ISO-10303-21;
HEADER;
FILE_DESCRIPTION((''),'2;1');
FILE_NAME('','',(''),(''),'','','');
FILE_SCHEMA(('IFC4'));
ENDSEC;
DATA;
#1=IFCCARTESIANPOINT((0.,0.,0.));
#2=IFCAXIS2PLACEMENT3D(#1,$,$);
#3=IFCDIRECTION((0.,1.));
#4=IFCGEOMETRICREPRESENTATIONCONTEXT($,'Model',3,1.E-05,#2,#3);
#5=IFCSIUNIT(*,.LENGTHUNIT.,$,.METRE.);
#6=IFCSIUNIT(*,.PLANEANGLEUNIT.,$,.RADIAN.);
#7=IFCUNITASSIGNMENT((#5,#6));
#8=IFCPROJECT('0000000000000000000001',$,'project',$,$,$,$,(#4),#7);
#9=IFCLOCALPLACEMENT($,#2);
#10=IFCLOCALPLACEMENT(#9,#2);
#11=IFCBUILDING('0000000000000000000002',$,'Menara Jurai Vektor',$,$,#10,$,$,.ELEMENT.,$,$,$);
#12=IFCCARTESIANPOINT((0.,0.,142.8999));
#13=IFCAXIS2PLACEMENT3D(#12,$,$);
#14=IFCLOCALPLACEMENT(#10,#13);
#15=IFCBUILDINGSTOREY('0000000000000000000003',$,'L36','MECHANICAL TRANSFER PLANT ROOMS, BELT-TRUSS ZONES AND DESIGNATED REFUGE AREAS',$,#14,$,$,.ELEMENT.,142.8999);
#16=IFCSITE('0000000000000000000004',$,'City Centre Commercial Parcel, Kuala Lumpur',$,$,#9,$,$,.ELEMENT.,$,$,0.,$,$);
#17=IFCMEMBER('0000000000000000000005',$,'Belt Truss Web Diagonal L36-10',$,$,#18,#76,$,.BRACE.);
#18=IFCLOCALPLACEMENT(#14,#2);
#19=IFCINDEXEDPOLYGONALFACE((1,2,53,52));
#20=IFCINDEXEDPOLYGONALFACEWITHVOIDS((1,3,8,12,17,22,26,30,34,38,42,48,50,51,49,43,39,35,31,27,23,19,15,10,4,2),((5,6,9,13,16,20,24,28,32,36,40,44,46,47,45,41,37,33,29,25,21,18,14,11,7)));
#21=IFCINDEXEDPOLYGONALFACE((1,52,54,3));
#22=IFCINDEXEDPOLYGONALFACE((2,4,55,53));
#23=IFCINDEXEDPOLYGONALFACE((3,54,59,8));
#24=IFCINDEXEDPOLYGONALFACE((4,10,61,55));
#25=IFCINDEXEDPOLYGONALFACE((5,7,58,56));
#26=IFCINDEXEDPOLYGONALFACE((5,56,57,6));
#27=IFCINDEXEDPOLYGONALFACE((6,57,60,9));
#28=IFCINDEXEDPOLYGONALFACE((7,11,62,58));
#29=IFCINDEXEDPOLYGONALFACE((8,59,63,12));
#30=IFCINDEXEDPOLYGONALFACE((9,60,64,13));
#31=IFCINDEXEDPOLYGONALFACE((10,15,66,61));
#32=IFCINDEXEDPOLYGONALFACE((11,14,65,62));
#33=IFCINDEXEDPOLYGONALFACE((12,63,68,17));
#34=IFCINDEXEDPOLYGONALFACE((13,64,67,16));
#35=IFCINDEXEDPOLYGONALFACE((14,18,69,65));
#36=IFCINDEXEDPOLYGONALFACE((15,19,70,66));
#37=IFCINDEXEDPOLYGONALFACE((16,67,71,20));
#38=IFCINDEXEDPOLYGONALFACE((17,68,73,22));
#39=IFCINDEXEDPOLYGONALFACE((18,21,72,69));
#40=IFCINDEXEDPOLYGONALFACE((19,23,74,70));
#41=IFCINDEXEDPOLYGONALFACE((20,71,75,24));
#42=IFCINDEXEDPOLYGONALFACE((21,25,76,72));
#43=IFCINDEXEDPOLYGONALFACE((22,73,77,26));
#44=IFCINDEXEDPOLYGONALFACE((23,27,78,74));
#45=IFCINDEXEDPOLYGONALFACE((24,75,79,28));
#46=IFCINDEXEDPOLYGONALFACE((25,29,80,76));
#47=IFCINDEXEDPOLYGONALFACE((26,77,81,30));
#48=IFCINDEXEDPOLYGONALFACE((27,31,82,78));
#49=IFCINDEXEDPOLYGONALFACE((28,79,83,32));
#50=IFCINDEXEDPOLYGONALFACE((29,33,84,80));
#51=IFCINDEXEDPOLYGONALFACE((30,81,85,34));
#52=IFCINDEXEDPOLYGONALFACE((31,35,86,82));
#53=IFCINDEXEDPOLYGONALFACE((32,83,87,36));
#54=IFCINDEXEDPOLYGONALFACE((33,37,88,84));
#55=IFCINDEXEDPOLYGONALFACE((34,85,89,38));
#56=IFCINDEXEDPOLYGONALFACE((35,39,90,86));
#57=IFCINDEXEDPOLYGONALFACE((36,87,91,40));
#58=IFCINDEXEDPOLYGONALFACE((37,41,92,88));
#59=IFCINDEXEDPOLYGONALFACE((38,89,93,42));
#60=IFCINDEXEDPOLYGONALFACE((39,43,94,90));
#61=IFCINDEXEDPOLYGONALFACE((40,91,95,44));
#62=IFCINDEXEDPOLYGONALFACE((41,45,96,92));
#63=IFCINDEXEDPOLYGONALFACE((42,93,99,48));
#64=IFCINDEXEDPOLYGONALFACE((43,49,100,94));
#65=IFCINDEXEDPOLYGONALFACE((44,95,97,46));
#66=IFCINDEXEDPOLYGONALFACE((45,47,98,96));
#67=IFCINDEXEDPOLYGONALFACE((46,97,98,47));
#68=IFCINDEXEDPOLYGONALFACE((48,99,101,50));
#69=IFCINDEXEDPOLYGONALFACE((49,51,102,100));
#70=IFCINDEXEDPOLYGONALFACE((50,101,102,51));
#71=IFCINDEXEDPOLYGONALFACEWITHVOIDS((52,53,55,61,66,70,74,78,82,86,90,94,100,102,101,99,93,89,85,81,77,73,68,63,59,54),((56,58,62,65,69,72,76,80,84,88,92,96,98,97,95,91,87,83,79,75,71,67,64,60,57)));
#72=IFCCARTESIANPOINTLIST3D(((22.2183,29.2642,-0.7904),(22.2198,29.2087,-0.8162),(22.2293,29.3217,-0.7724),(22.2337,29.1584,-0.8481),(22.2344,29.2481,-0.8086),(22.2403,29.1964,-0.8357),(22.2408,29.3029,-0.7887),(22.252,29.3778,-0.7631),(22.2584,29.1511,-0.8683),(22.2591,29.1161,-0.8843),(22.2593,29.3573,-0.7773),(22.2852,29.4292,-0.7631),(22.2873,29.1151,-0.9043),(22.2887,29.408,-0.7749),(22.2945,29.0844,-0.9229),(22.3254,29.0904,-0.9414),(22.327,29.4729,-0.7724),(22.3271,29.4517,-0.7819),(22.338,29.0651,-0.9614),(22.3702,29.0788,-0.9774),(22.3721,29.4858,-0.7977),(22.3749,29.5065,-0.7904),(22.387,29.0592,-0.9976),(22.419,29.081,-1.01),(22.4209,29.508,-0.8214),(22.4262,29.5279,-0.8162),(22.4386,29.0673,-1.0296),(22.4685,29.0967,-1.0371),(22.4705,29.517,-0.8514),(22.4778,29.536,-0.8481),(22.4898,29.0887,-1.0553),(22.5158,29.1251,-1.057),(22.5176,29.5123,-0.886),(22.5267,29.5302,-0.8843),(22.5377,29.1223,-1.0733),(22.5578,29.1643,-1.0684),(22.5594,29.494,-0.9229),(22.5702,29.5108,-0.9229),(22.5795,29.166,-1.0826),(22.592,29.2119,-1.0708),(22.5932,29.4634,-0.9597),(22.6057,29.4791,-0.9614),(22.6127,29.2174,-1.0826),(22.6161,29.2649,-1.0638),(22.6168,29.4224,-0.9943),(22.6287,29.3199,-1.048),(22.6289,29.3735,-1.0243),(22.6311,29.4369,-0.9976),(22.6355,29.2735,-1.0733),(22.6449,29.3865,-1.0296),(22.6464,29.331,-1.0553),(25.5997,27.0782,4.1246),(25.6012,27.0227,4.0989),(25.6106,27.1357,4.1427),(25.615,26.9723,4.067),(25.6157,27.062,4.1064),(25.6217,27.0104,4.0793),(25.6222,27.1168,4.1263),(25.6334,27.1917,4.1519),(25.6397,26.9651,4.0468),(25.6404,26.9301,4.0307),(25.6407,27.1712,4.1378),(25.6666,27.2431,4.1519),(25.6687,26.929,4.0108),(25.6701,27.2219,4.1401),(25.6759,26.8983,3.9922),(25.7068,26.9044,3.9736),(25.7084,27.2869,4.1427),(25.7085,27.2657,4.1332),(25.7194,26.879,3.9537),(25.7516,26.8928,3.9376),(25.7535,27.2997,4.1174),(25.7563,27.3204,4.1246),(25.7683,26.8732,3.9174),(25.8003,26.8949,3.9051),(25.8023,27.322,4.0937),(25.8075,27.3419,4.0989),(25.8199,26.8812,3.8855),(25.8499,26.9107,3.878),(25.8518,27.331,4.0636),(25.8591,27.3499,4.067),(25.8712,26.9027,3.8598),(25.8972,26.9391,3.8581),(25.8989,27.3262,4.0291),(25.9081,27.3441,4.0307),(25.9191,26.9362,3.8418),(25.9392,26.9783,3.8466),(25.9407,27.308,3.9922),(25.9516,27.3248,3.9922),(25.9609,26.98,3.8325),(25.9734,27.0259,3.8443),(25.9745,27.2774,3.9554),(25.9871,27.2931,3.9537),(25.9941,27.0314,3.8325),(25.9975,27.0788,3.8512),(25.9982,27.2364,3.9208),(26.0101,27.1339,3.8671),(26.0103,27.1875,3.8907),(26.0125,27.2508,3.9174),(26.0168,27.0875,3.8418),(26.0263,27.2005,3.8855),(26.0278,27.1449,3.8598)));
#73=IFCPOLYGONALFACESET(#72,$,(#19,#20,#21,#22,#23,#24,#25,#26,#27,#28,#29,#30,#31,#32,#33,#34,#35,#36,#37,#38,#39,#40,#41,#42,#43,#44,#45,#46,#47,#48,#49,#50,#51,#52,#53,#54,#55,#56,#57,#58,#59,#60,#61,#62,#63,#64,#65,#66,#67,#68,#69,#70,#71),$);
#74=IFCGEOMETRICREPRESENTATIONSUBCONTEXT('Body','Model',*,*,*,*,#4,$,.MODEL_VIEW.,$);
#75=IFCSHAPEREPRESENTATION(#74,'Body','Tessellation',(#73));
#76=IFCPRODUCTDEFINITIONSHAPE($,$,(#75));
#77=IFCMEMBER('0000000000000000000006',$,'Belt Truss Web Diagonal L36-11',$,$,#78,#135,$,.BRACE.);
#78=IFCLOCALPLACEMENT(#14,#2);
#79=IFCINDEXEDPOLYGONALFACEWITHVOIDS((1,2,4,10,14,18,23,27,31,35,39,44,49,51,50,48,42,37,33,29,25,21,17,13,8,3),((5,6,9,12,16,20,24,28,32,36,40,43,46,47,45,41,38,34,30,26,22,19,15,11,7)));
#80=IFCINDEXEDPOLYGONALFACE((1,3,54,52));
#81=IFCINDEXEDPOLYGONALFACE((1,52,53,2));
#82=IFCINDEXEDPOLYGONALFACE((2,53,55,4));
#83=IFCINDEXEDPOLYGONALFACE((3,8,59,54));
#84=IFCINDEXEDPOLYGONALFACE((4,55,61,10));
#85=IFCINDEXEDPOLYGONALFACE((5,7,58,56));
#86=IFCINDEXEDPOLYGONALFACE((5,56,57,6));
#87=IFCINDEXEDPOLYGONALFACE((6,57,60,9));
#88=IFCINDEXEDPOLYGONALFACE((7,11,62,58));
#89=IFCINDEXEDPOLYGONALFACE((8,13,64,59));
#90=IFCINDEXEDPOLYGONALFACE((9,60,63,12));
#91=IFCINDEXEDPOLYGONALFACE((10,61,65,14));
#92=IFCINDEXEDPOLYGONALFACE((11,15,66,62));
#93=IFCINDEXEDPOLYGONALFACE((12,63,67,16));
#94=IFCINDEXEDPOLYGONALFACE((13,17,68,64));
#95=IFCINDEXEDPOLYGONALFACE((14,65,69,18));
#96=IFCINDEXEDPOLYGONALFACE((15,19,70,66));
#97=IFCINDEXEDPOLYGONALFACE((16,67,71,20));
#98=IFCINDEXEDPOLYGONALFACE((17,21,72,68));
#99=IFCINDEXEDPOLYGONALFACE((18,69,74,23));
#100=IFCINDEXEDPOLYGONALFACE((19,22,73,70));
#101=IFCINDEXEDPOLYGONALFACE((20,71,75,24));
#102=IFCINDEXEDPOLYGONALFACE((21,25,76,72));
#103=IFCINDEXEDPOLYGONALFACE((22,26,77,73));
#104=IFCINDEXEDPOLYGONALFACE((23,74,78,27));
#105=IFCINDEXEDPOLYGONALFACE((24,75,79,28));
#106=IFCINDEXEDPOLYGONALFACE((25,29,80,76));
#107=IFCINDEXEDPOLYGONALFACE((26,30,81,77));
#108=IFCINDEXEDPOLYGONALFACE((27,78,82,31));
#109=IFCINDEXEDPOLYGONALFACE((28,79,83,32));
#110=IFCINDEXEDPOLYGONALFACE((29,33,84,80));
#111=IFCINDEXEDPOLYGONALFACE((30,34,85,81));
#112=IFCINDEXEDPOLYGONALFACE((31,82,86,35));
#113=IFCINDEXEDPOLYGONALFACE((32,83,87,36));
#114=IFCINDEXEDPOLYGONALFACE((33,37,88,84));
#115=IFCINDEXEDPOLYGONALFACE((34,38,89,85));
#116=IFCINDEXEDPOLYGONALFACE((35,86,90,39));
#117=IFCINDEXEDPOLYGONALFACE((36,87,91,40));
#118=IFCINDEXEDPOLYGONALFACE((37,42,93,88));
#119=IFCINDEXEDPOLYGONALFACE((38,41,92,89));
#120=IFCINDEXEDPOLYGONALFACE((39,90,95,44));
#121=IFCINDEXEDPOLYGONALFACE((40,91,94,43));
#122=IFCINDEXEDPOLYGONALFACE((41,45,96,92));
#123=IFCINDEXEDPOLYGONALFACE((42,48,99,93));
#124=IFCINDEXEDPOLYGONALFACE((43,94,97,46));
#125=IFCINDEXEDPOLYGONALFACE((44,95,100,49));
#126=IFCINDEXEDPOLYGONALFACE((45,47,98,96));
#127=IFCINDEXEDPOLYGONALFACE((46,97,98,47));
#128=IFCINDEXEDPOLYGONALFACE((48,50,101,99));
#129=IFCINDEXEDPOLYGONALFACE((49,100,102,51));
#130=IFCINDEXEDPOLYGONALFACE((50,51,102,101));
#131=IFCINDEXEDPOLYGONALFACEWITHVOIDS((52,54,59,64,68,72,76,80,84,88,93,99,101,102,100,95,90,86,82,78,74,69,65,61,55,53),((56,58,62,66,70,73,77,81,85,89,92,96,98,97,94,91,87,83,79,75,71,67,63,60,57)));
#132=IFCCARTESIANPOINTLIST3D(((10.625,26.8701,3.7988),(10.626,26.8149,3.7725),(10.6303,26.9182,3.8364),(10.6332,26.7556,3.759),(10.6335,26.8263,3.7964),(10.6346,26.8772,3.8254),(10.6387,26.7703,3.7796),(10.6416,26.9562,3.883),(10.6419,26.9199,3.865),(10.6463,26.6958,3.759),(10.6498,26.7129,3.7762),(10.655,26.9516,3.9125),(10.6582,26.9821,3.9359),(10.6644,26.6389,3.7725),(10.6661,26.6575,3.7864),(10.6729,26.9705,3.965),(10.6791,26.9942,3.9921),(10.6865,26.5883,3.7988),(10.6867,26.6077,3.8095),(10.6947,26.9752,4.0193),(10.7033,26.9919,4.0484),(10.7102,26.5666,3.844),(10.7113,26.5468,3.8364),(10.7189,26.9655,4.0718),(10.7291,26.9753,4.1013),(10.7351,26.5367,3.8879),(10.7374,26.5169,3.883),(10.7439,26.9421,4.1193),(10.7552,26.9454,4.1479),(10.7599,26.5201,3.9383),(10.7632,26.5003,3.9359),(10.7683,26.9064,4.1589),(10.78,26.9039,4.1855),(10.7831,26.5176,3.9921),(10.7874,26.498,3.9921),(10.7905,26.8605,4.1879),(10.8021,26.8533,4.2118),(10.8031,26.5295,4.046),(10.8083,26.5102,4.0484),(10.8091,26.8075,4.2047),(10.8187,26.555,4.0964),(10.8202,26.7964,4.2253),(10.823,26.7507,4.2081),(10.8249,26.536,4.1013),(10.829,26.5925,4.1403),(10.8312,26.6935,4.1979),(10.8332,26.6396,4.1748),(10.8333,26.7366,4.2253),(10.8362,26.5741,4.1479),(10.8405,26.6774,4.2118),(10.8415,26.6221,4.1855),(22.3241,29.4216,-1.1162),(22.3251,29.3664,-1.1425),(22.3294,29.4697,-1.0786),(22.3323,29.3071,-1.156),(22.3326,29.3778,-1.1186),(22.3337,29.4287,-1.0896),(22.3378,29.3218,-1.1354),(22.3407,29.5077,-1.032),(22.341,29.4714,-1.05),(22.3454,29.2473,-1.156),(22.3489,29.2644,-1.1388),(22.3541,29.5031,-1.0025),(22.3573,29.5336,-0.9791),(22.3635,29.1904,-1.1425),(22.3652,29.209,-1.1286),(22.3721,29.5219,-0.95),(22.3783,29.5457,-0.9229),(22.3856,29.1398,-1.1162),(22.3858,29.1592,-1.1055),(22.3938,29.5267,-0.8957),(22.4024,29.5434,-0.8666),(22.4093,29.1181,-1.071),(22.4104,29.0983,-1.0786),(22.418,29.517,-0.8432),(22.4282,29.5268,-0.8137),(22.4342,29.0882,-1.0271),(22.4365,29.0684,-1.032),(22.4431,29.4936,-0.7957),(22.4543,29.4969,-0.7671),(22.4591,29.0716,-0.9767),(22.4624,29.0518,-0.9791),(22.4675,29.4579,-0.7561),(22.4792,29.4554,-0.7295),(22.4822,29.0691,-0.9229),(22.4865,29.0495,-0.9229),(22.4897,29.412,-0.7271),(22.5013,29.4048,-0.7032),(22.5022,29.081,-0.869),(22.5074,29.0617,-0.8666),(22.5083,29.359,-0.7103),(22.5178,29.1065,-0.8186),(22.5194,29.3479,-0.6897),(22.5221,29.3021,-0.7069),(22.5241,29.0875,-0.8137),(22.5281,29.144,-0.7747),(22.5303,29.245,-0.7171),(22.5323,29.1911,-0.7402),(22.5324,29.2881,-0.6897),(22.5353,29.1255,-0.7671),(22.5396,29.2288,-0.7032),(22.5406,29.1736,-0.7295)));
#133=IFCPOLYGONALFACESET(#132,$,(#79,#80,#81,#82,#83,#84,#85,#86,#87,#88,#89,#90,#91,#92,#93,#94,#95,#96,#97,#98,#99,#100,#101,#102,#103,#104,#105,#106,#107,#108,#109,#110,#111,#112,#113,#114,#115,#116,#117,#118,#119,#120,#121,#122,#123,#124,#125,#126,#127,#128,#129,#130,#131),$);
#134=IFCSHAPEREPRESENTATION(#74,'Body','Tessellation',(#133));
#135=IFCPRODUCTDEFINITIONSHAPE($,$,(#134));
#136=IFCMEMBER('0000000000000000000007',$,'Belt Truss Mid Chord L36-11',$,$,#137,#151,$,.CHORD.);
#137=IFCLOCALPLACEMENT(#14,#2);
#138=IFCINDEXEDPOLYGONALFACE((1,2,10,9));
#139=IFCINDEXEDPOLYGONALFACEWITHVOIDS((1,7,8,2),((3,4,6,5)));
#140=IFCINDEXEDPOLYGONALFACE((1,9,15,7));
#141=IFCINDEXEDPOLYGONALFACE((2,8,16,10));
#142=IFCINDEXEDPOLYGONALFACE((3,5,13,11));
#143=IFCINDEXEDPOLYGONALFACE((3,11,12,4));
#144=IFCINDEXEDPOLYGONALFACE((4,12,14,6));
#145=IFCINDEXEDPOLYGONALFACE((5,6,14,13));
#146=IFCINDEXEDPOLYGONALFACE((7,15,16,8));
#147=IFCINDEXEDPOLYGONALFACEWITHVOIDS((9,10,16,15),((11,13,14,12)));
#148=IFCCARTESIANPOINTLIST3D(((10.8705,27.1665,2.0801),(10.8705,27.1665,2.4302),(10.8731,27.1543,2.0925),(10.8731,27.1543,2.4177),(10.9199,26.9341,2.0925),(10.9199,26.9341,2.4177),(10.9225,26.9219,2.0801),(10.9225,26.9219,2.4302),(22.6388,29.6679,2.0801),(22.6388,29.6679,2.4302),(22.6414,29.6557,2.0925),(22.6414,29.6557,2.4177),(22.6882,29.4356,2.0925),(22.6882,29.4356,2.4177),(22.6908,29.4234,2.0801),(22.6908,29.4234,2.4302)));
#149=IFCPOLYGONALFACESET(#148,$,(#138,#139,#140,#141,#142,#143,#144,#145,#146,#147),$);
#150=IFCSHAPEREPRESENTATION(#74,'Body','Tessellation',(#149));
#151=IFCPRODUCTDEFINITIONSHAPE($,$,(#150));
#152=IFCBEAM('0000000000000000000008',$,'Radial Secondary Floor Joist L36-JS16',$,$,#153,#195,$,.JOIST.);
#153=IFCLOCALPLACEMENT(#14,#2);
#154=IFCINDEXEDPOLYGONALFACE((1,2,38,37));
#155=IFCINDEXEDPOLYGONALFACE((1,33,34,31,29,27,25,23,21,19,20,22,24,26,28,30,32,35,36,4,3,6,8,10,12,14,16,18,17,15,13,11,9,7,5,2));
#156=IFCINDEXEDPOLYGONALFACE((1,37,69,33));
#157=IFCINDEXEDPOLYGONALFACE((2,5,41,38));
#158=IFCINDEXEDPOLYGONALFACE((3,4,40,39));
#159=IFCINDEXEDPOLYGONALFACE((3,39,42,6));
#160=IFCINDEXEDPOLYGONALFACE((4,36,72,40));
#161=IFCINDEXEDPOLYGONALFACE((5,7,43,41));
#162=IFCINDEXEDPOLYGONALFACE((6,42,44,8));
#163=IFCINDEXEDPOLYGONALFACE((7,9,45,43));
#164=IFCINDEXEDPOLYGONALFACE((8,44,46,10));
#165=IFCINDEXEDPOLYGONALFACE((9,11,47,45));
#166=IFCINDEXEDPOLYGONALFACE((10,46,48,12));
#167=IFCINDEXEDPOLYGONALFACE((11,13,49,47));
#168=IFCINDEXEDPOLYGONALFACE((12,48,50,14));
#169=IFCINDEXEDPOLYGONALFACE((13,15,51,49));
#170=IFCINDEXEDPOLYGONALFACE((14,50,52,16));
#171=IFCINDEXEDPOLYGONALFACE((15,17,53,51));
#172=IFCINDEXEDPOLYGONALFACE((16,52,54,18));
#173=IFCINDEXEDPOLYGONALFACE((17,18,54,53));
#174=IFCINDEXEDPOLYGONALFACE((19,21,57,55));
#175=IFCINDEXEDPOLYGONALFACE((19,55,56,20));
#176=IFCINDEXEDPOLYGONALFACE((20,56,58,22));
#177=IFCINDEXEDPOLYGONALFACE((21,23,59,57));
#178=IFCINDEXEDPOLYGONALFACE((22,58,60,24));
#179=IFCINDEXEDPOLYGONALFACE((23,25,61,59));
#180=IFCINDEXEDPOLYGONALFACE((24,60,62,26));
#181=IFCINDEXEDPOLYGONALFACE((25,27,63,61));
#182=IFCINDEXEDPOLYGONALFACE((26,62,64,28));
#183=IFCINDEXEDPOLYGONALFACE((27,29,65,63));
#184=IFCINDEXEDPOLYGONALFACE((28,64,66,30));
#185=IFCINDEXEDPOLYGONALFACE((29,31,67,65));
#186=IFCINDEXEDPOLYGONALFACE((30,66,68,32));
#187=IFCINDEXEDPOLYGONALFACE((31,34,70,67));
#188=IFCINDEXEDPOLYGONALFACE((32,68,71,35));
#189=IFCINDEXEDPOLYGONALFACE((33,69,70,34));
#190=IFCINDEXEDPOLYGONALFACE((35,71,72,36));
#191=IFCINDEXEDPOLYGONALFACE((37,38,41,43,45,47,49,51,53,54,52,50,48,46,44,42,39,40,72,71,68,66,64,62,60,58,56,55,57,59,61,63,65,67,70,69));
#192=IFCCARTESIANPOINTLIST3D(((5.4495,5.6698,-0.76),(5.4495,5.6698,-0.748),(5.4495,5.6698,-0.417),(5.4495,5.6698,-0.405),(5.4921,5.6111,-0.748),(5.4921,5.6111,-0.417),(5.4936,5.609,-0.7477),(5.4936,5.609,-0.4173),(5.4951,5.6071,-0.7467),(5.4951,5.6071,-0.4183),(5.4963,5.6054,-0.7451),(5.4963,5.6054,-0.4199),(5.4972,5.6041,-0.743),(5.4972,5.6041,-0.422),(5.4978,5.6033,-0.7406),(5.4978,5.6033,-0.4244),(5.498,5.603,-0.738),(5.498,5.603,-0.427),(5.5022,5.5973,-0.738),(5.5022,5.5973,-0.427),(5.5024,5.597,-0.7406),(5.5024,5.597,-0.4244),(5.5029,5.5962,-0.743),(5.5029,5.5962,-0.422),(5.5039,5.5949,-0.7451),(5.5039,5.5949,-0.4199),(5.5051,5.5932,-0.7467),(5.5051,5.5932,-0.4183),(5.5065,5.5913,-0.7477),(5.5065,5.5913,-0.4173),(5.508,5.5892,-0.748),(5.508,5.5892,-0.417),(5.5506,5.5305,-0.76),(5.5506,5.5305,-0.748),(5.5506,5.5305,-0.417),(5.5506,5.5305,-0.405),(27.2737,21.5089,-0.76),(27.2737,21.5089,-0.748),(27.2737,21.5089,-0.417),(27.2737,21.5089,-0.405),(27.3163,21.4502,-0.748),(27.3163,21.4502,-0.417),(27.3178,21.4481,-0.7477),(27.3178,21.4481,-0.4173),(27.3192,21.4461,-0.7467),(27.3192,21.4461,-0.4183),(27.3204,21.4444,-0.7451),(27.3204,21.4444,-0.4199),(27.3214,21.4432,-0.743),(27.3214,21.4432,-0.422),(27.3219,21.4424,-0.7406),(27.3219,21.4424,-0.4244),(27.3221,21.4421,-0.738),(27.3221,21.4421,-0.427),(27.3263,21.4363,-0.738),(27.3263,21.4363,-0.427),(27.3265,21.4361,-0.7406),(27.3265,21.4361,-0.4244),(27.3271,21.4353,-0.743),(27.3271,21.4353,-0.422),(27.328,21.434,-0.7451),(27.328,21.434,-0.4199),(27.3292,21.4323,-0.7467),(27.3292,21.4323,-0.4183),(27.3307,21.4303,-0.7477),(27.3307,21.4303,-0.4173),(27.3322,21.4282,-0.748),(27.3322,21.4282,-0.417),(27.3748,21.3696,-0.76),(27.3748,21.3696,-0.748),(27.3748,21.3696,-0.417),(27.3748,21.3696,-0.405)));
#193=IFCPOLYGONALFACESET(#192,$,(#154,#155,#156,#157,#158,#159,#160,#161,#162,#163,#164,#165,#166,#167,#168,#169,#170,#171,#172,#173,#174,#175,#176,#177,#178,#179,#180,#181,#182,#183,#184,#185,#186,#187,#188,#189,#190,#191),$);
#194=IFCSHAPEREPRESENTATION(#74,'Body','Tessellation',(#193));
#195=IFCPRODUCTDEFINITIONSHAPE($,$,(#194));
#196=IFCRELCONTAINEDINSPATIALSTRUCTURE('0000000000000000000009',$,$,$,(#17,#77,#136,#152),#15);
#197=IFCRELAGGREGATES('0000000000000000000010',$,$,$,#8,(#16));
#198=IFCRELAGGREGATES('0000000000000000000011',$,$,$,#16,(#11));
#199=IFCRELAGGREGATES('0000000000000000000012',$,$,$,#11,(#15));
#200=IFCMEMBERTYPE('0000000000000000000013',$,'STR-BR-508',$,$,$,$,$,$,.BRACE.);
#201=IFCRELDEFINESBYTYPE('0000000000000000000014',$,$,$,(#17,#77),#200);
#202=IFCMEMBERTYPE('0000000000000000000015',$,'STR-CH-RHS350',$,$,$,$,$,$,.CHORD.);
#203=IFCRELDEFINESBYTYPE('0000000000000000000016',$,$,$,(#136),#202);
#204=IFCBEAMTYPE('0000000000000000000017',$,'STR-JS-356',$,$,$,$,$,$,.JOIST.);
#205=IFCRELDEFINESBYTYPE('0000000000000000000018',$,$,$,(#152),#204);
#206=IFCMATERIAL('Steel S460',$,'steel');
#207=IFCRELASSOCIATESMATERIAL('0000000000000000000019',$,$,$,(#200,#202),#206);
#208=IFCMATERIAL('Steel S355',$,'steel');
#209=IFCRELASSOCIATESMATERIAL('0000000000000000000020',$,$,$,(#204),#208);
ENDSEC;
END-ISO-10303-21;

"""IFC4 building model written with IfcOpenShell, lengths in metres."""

from ifc_helpers import new_model, si_unit, direction, frame, origin, origin_2d, place, context, subcontext, project, spatial, hollow_rectangle, hollow_circle, i_section, extrude, material, material_profile, profile_set, type_object, element, save


model = new_model("IFC4")

# Units and contexts
model_context = context("Model", 3, precision=1e-05, world=origin(), true_north=direction((0.0, 1.0)))
body_context = subcontext(model_context, "Body", "Model", "MODEL_VIEW")
ifc_project = project(units=[si_unit("LENGTHUNIT", "METRE"), si_unit("PLANEANGLEUNIT", "RADIAN")], contexts=[model_context])

# Site, building, storey
site_placement = place(None, origin())
site = spatial("IfcSite", under=ifc_project, at=site_placement, Name="City Centre Commercial Parcel, Kuala Lumpur", CompositionType="ELEMENT", RefElevation=0.0)
building_placement = place(site_placement, origin())
building = spatial("IfcBuilding", under=site, at=building_placement, Name="Menara Jurai Vektor", CompositionType="ELEMENT")
storey_placement = place(building_placement, frame((0.0, 0.0, 142.8999)))
storey = spatial("IfcBuildingStorey", under=building, at=storey_placement, Name="L36", Description="MECHANICAL TRANSFER PLANT ROOMS, BELT-TRUSS ZONES AND DESIGNATED REFUGE AREAS", CompositionType="ELEMENT", Elevation=142.8999)

# Shared definitions
ifc_material_1 = material(Name="Steel S460", Category="steel")

# Shared definitions
ifc_material_2 = material(Name="Steel S355", Category="steel")

# Members
ifc_material_profile_1 = material_profile(ifc_material_1, hollow_circle(Radius=0.2539, WallThickness=0.02, at=origin_2d()), Name="CHS 508x20")
ifc_profile_set_1 = profile_set([ifc_material_profile_1], Name="Steel S460")
member_type_1 = type_object("IfcMemberType", Name="STR-BR-508", PredefinedType="BRACE", material=ifc_profile_set_1)
member_1_placement = place(storey_placement, frame((22.4324, 29.2976, -0.9229), z_axis=(0.532183, -0.344055, 0.773568), x_axis=(0.542919, 0.839785, 0.0)))
element("IfcMember", 1, at=member_1_placement, inside=storey, type_object=member_type_1, Name="Belt Truss Web Diagonal L36-10", PredefinedType="BRACE", context=body_context, shape_type="SweptSolid", body=[
    extrude(hollow_circle(Radius=0.2539, WallThickness=0.02, at=origin_2d()), origin(), (0.0, 0.0, 1.0), 6.3538),
])
member_2_placement = place(storey_placement, frame((22.4324, 29.2976, -0.9229), z_axis=(-0.903854, -0.197124, 0.379724), x_axis=(0.213084, -0.977034, 0.0)))
element("IfcMember", 2, at=member_2_placement, inside=storey, type_object=member_type_1, Name="Belt Truss Web Diagonal L36-11", PredefinedType="BRACE", context=body_context, shape_type="SweptSolid", body=[
    extrude(hollow_circle(Radius=0.2539, WallThickness=0.02, at=origin_2d()), origin(), (0.0, 0.0, 1.0), 12.9436),
])
ifc_material_profile_2 = material_profile(ifc_material_1, hollow_rectangle(XDim=0.25, YDim=0.3501, WallThickness=0.0125, at=origin_2d()), Name="RHS 350x250x12.5")
ifc_profile_set_2 = profile_set([ifc_material_profile_2], Name="Steel S460")
member_type_2 = type_object("IfcMemberType", Name="STR-CH-RHS350", PredefinedType="CHORD", material=ifc_profile_set_2)
member_3_placement = place(storey_placement, frame((22.6648, 29.5457, 2.2551), z_axis=(-0.978147, -0.207914, 0.0), x_axis=(0.207914, -0.978147, 0.0)))
element("IfcMember", 3, at=member_3_placement, inside=storey, type_object=member_type_2, Name="Belt Truss Mid Chord L36-11", PredefinedType="CHORD", context=body_context, shape_type="SweptSolid", body=[
    extrude(hollow_rectangle(XDim=0.25, YDim=0.3501, WallThickness=0.0125, at=origin_2d()), origin(), (0.0, 0.0, 1.0), 12.0312),
])

# Beam
ifc_material_profile_3 = material_profile(ifc_material_2, i_section(OverallWidth=0.1721, OverallDepth=0.355, WebThickness=0.0071, FlangeThickness=0.012, FilletRadius=0.01, at=origin_2d()), Name="UKB 356x171x51")
ifc_profile_set_3 = profile_set([ifc_material_profile_3], Name="Steel S355")
beam_type_1 = type_object("IfcBeamType", Name="STR-JS-356", PredefinedType="JOIST", material=ifc_profile_set_3)
beam_1_placement = place(storey_placement, frame((27.3242, 21.4392, -0.5825), z_axis=(-0.809319, -0.58737, 0.0), x_axis=(0.58737, -0.809319, 0.0)))
element("IfcBeam", 4, at=beam_1_placement, inside=storey, type_object=beam_type_1, Name="Radial Secondary Floor Joist L36-JS16", PredefinedType="JOIST", context=body_context, shape_type="SweptSolid", body=[
    extrude(i_section(OverallWidth=0.1721, OverallDepth=0.355, WebThickness=0.0071, FlangeThickness=0.012, FilletRadius=0.01, at=origin_2d()), origin(), (0.0, 0.0, 1.0), 26.9661),
])

save(model, "model.ifc")
